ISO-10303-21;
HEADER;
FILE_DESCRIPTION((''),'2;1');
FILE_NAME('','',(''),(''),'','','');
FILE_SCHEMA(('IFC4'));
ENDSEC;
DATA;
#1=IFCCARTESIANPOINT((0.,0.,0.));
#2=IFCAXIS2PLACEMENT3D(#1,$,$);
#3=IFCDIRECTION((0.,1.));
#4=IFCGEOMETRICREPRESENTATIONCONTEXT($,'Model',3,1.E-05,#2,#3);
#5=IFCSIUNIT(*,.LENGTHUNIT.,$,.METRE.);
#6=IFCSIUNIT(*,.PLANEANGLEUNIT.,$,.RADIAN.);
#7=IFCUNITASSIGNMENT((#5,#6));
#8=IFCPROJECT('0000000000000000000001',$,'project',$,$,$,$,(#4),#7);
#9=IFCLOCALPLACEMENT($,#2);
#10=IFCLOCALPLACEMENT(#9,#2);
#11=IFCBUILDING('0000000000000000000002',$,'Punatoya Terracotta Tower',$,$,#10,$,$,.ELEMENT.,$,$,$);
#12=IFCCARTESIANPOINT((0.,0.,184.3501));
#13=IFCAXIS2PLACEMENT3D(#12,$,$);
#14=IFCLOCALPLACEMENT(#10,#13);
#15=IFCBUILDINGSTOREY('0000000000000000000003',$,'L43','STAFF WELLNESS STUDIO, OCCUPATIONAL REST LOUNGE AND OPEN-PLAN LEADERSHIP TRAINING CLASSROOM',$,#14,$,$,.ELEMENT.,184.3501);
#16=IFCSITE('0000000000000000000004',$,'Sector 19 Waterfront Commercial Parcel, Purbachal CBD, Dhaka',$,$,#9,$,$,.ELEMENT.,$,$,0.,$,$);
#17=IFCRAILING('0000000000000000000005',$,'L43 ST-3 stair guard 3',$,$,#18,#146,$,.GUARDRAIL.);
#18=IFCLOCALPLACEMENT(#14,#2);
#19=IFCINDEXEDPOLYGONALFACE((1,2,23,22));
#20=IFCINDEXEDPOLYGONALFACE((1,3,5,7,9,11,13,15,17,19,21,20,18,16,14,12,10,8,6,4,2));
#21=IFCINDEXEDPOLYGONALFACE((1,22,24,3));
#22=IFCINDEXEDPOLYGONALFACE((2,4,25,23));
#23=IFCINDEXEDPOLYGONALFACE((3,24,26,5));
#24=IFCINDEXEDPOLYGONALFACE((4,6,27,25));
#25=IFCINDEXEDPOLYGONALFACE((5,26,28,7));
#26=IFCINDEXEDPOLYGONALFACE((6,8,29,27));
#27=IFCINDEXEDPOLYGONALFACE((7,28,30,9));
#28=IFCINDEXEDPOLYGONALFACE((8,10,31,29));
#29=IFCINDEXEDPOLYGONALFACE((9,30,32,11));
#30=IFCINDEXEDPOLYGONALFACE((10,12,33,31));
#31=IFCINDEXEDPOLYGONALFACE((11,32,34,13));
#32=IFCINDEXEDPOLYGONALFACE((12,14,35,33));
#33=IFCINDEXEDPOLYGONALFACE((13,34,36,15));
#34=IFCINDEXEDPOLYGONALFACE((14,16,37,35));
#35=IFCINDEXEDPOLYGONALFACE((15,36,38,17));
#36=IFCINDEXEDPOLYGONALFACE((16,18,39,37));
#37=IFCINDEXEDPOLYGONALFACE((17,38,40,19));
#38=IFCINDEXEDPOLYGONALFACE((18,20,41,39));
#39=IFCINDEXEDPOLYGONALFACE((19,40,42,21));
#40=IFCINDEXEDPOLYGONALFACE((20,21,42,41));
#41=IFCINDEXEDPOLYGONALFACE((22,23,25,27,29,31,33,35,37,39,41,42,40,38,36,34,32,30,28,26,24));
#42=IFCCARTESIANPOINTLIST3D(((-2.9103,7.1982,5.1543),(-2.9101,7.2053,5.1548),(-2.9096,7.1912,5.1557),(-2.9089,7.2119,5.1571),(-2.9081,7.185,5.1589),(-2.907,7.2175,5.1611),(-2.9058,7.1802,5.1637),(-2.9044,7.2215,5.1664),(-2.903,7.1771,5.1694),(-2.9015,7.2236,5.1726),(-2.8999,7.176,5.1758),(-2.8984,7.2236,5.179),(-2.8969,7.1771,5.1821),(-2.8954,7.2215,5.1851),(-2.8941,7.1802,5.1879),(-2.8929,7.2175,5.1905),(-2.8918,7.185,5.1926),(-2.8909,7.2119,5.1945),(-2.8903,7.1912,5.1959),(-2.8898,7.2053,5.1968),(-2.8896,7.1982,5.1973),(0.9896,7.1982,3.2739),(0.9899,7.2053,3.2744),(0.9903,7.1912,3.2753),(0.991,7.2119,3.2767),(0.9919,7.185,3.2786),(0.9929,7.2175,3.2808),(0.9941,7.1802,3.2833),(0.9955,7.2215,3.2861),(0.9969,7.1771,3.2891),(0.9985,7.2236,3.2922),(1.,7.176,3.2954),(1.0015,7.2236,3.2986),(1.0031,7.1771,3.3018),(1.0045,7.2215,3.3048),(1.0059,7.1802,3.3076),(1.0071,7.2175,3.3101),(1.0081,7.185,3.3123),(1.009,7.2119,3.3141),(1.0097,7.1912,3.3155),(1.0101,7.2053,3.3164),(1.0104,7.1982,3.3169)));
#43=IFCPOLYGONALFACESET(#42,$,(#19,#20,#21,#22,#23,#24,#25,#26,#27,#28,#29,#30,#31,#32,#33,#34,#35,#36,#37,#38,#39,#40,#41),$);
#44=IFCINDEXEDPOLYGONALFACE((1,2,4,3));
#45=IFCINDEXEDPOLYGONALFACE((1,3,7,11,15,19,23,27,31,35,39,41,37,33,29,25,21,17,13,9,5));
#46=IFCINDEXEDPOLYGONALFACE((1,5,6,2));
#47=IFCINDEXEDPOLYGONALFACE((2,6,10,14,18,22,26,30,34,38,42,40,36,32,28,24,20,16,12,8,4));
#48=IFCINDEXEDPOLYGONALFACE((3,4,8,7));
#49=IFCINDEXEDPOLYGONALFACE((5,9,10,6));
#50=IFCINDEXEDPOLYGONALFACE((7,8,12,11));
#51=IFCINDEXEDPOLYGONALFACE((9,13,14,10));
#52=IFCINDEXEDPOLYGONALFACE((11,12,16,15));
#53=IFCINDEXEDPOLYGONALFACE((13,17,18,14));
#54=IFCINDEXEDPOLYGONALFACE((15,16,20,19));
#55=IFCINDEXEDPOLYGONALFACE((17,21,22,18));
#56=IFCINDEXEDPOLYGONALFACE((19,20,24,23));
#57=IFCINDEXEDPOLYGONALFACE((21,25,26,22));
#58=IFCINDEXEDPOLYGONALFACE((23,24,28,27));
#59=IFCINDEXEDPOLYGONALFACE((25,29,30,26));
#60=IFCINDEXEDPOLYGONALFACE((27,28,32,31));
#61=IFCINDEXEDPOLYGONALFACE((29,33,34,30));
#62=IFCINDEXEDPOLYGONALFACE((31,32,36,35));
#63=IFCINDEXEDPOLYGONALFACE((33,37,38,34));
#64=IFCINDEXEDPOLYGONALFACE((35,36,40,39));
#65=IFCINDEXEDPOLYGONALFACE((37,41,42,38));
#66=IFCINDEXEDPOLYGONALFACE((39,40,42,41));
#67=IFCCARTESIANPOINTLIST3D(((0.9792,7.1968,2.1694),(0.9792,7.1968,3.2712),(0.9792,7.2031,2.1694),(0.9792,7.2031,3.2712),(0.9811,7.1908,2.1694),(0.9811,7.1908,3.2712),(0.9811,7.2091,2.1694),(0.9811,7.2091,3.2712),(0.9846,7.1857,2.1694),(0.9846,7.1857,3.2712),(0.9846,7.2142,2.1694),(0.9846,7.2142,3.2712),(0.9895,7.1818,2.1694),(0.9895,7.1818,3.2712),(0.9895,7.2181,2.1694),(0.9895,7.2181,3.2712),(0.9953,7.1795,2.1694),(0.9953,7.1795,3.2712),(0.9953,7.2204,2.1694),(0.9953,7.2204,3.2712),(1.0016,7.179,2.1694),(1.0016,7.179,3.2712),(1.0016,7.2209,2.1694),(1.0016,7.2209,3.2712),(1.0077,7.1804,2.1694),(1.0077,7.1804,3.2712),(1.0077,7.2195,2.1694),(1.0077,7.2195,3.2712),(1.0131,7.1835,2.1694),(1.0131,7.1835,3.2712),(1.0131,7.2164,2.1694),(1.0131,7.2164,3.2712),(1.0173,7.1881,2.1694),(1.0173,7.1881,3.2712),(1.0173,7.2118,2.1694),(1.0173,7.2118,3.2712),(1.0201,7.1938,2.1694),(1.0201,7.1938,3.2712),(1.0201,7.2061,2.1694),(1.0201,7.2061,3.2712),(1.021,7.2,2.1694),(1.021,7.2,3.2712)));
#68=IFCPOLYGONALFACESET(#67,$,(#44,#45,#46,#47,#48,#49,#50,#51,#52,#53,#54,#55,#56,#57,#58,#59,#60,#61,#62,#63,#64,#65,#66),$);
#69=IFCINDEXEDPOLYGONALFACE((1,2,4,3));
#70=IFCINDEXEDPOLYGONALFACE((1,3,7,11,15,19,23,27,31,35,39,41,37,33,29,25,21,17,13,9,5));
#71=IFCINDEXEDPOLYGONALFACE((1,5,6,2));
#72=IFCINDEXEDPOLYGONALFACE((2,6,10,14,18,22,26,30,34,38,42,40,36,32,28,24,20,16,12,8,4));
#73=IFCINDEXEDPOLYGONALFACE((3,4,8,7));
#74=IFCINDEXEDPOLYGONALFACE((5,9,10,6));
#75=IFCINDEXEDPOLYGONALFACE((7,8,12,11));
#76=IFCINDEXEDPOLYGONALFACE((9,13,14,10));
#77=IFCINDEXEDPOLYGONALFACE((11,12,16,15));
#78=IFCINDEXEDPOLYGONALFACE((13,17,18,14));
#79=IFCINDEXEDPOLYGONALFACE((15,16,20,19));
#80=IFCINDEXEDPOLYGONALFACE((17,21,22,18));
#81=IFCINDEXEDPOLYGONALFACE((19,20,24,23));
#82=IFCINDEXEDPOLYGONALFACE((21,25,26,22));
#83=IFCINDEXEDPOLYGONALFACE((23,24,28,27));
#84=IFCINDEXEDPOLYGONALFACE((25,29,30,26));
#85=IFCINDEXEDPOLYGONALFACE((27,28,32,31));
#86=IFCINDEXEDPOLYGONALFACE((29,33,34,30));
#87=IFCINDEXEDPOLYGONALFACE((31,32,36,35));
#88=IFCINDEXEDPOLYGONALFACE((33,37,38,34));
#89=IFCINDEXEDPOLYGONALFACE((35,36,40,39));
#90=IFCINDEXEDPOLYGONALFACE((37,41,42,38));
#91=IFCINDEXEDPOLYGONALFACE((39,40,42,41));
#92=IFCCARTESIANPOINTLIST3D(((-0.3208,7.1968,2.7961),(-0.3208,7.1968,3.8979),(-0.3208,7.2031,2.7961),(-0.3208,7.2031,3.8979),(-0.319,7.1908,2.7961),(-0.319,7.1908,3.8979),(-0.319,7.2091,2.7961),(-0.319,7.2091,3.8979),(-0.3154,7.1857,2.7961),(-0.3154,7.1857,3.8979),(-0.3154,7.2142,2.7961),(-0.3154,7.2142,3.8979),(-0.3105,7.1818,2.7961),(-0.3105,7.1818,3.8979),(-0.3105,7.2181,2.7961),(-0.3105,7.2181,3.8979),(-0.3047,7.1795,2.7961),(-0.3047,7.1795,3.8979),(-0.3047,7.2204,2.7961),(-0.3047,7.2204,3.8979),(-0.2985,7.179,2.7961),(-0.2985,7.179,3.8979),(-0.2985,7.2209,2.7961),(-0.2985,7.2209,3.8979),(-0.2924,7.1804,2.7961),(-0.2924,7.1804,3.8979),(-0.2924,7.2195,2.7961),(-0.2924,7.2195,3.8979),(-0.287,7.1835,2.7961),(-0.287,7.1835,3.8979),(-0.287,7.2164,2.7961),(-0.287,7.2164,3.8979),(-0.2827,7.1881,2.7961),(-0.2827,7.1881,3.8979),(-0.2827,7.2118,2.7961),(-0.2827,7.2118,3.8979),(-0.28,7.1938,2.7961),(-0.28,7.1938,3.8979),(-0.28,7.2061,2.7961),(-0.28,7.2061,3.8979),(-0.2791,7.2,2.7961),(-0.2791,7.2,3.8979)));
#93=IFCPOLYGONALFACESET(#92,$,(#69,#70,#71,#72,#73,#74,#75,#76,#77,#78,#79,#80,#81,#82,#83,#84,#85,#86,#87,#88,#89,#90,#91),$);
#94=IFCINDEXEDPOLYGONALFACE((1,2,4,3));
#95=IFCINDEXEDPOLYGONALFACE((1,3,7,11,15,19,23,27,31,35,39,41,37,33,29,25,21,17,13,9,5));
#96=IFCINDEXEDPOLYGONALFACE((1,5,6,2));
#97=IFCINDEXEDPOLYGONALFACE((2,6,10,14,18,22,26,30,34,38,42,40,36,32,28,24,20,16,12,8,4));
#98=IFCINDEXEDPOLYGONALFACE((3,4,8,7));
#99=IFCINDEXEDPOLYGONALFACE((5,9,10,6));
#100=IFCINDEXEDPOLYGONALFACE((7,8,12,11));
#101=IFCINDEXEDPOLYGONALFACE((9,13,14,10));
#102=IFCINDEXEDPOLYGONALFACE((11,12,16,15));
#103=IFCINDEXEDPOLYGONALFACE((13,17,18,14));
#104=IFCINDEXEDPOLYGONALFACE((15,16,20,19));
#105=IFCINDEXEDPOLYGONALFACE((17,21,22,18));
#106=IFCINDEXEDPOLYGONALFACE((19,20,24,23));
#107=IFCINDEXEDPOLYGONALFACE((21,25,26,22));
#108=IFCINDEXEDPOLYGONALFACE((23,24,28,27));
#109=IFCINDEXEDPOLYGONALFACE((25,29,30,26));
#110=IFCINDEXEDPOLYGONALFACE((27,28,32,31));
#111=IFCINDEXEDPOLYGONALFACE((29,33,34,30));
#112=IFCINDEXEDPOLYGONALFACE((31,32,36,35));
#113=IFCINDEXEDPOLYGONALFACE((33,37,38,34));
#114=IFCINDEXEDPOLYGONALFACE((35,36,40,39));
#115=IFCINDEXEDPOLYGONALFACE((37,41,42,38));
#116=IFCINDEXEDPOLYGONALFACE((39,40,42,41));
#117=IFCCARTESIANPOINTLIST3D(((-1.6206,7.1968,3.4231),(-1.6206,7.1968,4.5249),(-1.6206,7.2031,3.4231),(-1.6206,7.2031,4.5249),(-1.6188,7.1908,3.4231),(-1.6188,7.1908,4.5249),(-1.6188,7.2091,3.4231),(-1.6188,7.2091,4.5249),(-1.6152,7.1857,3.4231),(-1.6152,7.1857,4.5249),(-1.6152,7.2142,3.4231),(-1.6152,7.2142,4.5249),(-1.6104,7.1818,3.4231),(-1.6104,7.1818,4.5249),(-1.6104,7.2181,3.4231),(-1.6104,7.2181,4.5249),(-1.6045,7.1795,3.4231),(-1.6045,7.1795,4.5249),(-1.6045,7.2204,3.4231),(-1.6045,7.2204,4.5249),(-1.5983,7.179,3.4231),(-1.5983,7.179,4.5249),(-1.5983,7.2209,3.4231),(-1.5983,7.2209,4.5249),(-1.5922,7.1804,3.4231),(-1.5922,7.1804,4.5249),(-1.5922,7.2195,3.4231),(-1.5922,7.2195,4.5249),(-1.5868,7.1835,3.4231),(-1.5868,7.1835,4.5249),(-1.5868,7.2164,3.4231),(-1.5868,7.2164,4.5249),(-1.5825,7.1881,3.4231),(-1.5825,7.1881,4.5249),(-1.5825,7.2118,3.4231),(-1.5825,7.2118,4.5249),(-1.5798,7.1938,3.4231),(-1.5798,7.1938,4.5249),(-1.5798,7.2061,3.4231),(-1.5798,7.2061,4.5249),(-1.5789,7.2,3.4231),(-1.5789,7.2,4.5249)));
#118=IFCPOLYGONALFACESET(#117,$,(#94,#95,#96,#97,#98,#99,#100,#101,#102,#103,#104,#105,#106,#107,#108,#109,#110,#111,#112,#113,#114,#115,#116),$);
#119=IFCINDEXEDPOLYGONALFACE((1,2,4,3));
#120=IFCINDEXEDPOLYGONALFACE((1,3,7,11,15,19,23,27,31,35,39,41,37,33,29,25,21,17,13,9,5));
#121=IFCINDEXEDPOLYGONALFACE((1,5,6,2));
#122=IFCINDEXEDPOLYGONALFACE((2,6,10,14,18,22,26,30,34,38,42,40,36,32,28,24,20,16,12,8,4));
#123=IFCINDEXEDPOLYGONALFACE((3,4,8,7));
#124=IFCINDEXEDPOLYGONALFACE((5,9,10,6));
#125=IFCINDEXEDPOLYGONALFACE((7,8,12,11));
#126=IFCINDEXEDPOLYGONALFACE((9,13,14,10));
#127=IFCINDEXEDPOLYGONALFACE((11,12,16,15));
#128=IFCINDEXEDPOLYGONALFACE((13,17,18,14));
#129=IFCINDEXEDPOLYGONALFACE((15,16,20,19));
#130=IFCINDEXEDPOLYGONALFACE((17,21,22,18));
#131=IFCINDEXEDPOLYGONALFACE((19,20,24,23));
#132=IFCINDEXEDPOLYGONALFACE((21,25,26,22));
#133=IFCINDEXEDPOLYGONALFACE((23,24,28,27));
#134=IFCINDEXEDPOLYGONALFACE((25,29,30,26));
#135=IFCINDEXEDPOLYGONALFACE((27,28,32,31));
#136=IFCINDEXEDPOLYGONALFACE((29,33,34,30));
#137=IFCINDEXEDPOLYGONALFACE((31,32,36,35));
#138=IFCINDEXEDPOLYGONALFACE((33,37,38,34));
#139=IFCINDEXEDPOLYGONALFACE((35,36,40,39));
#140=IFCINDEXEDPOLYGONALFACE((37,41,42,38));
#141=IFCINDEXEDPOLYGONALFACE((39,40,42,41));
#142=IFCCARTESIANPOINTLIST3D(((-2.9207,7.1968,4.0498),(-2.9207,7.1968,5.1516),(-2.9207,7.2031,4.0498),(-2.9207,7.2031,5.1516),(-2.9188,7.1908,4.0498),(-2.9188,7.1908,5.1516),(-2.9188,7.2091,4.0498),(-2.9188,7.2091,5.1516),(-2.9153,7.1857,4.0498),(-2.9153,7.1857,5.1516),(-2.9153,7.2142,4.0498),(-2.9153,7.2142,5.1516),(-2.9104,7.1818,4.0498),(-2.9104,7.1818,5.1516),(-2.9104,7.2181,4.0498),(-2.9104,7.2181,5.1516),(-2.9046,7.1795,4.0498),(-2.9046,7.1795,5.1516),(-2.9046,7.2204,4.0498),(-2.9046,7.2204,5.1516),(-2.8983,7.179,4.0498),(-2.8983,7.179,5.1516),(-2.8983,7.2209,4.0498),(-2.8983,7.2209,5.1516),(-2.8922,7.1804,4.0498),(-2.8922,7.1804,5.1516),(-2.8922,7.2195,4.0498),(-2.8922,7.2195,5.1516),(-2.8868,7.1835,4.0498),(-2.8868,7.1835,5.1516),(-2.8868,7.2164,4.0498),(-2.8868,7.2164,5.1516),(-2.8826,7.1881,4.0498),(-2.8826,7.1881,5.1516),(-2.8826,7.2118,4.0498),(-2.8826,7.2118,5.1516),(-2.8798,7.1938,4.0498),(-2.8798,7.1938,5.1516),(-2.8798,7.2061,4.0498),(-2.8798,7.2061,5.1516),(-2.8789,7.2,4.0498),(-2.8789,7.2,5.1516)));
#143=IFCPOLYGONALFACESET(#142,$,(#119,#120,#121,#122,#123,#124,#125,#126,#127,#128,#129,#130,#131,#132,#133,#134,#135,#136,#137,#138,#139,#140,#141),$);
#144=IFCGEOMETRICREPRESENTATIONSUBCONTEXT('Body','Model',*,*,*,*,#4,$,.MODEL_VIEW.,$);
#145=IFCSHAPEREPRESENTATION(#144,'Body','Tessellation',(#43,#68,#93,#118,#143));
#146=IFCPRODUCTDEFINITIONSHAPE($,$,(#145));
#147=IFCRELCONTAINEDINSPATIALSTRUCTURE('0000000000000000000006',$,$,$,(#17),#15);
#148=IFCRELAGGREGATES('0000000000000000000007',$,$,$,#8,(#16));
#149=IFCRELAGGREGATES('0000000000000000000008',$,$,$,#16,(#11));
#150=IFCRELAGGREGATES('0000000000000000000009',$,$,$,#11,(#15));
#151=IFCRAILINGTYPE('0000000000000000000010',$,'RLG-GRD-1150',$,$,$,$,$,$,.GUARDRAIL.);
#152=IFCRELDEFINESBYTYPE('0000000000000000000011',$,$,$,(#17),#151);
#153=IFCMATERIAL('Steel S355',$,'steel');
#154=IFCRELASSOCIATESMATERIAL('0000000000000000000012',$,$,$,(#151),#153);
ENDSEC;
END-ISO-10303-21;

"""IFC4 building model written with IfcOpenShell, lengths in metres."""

from ifc_helpers import new_model, si_unit, direction, frame, origin, origin_2d, place, context, subcontext, project, spatial, circle, extrude, material, type_object, element, save


model = new_model("IFC4")

# Units and contexts
model_context = context("Model", 3, precision=1e-05, world=origin(), true_north=direction((0.0, 1.0)))
body_context = subcontext(model_context, "Body", "Model", "MODEL_VIEW")
ifc_project = project(units=[si_unit("LENGTHUNIT", "METRE"), si_unit("PLANEANGLEUNIT", "RADIAN")], contexts=[model_context])

# Site, building, storey
site_placement = place(None, origin())
site = spatial("IfcSite", under=ifc_project, at=site_placement, Name="Sector 19 Waterfront Commercial Parcel, Purbachal CBD, Dhaka", CompositionType="ELEMENT", RefElevation=0.0)
building_placement = place(site_placement, origin())
building = spatial("IfcBuilding", under=site, at=building_placement, Name="Punatoya Terracotta Tower", CompositionType="ELEMENT")
storey_placement = place(building_placement, frame((0.0, 0.0, 184.3501)))
storey = spatial("IfcBuildingStorey", under=building, at=storey_placement, Name="L43", Description="STAFF WELLNESS STUDIO, OCCUPATIONAL REST LOUNGE AND OPEN-PLAN LEADERSHIP TRAINING CLASSROOM", CompositionType="ELEMENT", Elevation=184.3501)

# Shared definitions
ifc_material_1 = material(Name="Steel S355", Category="steel")

# Railing
railing_type_1 = type_object("IfcRailingType", Name="RLG-GRD-1150", PredefinedType="GUARDRAIL", material=ifc_material_1)
railing_1_placement = place(storey_placement, frame((1.0, 7.2, 2.1694)))
element("IfcRailing", 1, at=railing_1_placement, inside=storey, type_object=railing_type_1, Name="L43 ST-3 stair guard 3", PredefinedType="GUARDRAIL", context=body_context, shape_type="SweptSolid", body=[
    extrude(circle(Radius=0.0239, at=origin_2d()), frame((0.0, 0.0, 1.126), z_axis=(-0.900763, 0.0, 0.434311), x_axis=(0.0, -1.0, 0.0)), (0.0, 0.0, 1.0), 4.3296),
    extrude(circle(Radius=0.021, at=origin_2d()), origin(), (0.0, 0.0, 1.0), 1.1018),
    extrude(circle(Radius=0.021, at=origin_2d()), frame((-1.3, 0.0, 0.6267)), (0.0, 0.0, 1.0), 1.1018),
    extrude(circle(Radius=0.021, at=origin_2d()), frame((-2.5999, 0.0, 1.2537)), (0.0, 0.0, 1.0), 1.1018),
    extrude(circle(Radius=0.021, at=origin_2d()), frame((-3.8999, 0.0, 1.8804)), (0.0, 0.0, 1.0), 1.1018),
])

save(model, "model.ifc")
